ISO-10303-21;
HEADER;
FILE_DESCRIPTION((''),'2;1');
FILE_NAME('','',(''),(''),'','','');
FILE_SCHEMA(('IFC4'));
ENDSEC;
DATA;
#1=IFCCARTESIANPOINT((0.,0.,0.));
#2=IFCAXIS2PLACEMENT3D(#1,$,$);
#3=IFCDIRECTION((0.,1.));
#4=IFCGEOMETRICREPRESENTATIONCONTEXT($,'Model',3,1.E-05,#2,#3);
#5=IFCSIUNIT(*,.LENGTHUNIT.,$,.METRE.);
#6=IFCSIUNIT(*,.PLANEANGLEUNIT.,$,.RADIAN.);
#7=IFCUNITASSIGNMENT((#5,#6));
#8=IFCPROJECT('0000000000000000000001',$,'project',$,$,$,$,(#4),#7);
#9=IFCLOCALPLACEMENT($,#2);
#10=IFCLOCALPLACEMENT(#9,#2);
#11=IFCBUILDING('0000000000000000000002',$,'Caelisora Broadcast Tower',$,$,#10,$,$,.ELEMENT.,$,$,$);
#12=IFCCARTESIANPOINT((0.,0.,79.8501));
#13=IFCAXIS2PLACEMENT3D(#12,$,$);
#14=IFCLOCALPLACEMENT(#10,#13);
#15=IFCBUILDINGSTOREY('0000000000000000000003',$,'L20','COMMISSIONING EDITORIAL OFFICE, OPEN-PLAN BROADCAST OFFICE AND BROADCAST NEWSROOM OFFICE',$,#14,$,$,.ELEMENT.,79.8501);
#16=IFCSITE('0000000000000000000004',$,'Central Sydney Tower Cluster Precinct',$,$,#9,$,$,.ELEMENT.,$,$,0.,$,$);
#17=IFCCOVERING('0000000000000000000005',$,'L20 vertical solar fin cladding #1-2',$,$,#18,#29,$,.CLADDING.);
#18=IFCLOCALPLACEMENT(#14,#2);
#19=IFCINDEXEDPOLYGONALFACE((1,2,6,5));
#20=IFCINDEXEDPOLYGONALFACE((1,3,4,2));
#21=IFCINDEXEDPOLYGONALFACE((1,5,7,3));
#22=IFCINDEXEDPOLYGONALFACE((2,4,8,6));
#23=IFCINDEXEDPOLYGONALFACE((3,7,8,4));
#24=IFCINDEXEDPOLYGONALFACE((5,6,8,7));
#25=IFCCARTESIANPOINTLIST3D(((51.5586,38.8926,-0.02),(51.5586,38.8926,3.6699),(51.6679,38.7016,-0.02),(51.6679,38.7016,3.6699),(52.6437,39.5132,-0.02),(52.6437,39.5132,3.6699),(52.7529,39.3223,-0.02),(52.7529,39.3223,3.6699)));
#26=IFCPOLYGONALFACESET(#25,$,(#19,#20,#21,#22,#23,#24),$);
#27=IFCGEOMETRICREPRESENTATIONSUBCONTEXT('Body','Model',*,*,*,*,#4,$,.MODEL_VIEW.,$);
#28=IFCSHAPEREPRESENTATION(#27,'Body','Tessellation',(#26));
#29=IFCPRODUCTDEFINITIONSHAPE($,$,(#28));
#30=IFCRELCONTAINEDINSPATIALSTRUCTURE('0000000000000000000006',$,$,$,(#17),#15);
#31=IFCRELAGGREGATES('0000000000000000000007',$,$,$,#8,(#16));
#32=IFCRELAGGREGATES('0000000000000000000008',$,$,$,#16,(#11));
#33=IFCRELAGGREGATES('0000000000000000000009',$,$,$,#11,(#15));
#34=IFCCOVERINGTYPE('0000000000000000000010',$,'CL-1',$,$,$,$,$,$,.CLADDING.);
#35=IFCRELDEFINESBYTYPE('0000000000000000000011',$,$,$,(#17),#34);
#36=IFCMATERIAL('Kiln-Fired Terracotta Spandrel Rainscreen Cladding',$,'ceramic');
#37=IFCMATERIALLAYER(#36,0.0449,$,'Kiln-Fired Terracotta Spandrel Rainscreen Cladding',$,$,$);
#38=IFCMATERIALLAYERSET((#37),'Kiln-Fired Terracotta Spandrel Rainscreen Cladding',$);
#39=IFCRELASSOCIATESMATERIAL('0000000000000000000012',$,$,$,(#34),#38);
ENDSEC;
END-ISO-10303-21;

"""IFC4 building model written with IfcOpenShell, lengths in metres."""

from ifc_helpers import new_model, si_unit, direction, frame, origin, origin_2d, place, context, subcontext, project, spatial, rectangle, extrude, source, transform, mapped, material, layer, layer_set, type_object, type_shapes, element, save


model = new_model("IFC4")

# Units and contexts
model_context = context("Model", 3, precision=1e-05, world=origin(), true_north=direction((0.0, 1.0)))
body_context = subcontext(model_context, "Body", "Model", "MODEL_VIEW")
ifc_project = project(units=[si_unit("LENGTHUNIT", "METRE"), si_unit("PLANEANGLEUNIT", "RADIAN")], contexts=[model_context])

# Site, building, storey
site_placement = place(None, origin())
site = spatial("IfcSite", under=ifc_project, at=site_placement, Name="Central Sydney Tower Cluster Precinct", CompositionType="ELEMENT", RefElevation=0.0)
building_placement = place(site_placement, origin())
building = spatial("IfcBuilding", under=site, at=building_placement, Name="Caelisora Broadcast Tower", CompositionType="ELEMENT")
storey_placement = place(building_placement, frame((0.0, 0.0, 79.8501)))
storey = spatial("IfcBuildingStorey", under=building, at=storey_placement, Name="L20", Description="COMMISSIONING EDITORIAL OFFICE, OPEN-PLAN BROADCAST OFFICE AND BROADCAST NEWSROOM OFFICE", CompositionType="ELEMENT", Elevation=79.8501)

# Covering
ifc_material_1 = material(Name="Kiln-Fired Terracotta Spandrel Rainscreen Cladding", Category="ceramic")
ifc_layer_1 = layer(ifc_material_1, 0.0449, Name="Kiln-Fired Terracotta Spandrel Rainscreen Cladding")
ifc_layer_set_1 = layer_set([ifc_layer_1], Name="Kiln-Fired Terracotta Spandrel Rainscreen Cladding")
covering_type = type_object("IfcCoveringType", Name="CL-1", PredefinedType="CLADDING", material=ifc_layer_set_1)
shared_shape_1 = source(origin(), body_context, "Body", "SweptSolid", [
    extrude(rectangle(XDim=0.22, YDim=1.25, at=origin_2d()), origin(), (0.0, 0.0, 1.0), 3.6899),
])
type_shapes(covering_type, [shared_shape_1])
for number, where, z_axis, x_axis, name in (
    (1, (52.1558, 39.1074, -0.02), (0.0, 0.0, 1.0), (0.49652, -0.868026, 0.0), "L20 vertical solar fin cladding #1-2"),
):
    element("IfcCovering", number, at=place(storey_placement, frame(where, z_axis=z_axis, x_axis=x_axis)), inside=storey, type_object=covering_type, Name=name, PredefinedType="CLADDING", context=body_context, shape_type="MappedRepresentation", body=[
        mapped(shared_shape_1, transform((0.0, 0.0, 0.0), scale=1.0)),
    ])

save(model, "model.ifc")
